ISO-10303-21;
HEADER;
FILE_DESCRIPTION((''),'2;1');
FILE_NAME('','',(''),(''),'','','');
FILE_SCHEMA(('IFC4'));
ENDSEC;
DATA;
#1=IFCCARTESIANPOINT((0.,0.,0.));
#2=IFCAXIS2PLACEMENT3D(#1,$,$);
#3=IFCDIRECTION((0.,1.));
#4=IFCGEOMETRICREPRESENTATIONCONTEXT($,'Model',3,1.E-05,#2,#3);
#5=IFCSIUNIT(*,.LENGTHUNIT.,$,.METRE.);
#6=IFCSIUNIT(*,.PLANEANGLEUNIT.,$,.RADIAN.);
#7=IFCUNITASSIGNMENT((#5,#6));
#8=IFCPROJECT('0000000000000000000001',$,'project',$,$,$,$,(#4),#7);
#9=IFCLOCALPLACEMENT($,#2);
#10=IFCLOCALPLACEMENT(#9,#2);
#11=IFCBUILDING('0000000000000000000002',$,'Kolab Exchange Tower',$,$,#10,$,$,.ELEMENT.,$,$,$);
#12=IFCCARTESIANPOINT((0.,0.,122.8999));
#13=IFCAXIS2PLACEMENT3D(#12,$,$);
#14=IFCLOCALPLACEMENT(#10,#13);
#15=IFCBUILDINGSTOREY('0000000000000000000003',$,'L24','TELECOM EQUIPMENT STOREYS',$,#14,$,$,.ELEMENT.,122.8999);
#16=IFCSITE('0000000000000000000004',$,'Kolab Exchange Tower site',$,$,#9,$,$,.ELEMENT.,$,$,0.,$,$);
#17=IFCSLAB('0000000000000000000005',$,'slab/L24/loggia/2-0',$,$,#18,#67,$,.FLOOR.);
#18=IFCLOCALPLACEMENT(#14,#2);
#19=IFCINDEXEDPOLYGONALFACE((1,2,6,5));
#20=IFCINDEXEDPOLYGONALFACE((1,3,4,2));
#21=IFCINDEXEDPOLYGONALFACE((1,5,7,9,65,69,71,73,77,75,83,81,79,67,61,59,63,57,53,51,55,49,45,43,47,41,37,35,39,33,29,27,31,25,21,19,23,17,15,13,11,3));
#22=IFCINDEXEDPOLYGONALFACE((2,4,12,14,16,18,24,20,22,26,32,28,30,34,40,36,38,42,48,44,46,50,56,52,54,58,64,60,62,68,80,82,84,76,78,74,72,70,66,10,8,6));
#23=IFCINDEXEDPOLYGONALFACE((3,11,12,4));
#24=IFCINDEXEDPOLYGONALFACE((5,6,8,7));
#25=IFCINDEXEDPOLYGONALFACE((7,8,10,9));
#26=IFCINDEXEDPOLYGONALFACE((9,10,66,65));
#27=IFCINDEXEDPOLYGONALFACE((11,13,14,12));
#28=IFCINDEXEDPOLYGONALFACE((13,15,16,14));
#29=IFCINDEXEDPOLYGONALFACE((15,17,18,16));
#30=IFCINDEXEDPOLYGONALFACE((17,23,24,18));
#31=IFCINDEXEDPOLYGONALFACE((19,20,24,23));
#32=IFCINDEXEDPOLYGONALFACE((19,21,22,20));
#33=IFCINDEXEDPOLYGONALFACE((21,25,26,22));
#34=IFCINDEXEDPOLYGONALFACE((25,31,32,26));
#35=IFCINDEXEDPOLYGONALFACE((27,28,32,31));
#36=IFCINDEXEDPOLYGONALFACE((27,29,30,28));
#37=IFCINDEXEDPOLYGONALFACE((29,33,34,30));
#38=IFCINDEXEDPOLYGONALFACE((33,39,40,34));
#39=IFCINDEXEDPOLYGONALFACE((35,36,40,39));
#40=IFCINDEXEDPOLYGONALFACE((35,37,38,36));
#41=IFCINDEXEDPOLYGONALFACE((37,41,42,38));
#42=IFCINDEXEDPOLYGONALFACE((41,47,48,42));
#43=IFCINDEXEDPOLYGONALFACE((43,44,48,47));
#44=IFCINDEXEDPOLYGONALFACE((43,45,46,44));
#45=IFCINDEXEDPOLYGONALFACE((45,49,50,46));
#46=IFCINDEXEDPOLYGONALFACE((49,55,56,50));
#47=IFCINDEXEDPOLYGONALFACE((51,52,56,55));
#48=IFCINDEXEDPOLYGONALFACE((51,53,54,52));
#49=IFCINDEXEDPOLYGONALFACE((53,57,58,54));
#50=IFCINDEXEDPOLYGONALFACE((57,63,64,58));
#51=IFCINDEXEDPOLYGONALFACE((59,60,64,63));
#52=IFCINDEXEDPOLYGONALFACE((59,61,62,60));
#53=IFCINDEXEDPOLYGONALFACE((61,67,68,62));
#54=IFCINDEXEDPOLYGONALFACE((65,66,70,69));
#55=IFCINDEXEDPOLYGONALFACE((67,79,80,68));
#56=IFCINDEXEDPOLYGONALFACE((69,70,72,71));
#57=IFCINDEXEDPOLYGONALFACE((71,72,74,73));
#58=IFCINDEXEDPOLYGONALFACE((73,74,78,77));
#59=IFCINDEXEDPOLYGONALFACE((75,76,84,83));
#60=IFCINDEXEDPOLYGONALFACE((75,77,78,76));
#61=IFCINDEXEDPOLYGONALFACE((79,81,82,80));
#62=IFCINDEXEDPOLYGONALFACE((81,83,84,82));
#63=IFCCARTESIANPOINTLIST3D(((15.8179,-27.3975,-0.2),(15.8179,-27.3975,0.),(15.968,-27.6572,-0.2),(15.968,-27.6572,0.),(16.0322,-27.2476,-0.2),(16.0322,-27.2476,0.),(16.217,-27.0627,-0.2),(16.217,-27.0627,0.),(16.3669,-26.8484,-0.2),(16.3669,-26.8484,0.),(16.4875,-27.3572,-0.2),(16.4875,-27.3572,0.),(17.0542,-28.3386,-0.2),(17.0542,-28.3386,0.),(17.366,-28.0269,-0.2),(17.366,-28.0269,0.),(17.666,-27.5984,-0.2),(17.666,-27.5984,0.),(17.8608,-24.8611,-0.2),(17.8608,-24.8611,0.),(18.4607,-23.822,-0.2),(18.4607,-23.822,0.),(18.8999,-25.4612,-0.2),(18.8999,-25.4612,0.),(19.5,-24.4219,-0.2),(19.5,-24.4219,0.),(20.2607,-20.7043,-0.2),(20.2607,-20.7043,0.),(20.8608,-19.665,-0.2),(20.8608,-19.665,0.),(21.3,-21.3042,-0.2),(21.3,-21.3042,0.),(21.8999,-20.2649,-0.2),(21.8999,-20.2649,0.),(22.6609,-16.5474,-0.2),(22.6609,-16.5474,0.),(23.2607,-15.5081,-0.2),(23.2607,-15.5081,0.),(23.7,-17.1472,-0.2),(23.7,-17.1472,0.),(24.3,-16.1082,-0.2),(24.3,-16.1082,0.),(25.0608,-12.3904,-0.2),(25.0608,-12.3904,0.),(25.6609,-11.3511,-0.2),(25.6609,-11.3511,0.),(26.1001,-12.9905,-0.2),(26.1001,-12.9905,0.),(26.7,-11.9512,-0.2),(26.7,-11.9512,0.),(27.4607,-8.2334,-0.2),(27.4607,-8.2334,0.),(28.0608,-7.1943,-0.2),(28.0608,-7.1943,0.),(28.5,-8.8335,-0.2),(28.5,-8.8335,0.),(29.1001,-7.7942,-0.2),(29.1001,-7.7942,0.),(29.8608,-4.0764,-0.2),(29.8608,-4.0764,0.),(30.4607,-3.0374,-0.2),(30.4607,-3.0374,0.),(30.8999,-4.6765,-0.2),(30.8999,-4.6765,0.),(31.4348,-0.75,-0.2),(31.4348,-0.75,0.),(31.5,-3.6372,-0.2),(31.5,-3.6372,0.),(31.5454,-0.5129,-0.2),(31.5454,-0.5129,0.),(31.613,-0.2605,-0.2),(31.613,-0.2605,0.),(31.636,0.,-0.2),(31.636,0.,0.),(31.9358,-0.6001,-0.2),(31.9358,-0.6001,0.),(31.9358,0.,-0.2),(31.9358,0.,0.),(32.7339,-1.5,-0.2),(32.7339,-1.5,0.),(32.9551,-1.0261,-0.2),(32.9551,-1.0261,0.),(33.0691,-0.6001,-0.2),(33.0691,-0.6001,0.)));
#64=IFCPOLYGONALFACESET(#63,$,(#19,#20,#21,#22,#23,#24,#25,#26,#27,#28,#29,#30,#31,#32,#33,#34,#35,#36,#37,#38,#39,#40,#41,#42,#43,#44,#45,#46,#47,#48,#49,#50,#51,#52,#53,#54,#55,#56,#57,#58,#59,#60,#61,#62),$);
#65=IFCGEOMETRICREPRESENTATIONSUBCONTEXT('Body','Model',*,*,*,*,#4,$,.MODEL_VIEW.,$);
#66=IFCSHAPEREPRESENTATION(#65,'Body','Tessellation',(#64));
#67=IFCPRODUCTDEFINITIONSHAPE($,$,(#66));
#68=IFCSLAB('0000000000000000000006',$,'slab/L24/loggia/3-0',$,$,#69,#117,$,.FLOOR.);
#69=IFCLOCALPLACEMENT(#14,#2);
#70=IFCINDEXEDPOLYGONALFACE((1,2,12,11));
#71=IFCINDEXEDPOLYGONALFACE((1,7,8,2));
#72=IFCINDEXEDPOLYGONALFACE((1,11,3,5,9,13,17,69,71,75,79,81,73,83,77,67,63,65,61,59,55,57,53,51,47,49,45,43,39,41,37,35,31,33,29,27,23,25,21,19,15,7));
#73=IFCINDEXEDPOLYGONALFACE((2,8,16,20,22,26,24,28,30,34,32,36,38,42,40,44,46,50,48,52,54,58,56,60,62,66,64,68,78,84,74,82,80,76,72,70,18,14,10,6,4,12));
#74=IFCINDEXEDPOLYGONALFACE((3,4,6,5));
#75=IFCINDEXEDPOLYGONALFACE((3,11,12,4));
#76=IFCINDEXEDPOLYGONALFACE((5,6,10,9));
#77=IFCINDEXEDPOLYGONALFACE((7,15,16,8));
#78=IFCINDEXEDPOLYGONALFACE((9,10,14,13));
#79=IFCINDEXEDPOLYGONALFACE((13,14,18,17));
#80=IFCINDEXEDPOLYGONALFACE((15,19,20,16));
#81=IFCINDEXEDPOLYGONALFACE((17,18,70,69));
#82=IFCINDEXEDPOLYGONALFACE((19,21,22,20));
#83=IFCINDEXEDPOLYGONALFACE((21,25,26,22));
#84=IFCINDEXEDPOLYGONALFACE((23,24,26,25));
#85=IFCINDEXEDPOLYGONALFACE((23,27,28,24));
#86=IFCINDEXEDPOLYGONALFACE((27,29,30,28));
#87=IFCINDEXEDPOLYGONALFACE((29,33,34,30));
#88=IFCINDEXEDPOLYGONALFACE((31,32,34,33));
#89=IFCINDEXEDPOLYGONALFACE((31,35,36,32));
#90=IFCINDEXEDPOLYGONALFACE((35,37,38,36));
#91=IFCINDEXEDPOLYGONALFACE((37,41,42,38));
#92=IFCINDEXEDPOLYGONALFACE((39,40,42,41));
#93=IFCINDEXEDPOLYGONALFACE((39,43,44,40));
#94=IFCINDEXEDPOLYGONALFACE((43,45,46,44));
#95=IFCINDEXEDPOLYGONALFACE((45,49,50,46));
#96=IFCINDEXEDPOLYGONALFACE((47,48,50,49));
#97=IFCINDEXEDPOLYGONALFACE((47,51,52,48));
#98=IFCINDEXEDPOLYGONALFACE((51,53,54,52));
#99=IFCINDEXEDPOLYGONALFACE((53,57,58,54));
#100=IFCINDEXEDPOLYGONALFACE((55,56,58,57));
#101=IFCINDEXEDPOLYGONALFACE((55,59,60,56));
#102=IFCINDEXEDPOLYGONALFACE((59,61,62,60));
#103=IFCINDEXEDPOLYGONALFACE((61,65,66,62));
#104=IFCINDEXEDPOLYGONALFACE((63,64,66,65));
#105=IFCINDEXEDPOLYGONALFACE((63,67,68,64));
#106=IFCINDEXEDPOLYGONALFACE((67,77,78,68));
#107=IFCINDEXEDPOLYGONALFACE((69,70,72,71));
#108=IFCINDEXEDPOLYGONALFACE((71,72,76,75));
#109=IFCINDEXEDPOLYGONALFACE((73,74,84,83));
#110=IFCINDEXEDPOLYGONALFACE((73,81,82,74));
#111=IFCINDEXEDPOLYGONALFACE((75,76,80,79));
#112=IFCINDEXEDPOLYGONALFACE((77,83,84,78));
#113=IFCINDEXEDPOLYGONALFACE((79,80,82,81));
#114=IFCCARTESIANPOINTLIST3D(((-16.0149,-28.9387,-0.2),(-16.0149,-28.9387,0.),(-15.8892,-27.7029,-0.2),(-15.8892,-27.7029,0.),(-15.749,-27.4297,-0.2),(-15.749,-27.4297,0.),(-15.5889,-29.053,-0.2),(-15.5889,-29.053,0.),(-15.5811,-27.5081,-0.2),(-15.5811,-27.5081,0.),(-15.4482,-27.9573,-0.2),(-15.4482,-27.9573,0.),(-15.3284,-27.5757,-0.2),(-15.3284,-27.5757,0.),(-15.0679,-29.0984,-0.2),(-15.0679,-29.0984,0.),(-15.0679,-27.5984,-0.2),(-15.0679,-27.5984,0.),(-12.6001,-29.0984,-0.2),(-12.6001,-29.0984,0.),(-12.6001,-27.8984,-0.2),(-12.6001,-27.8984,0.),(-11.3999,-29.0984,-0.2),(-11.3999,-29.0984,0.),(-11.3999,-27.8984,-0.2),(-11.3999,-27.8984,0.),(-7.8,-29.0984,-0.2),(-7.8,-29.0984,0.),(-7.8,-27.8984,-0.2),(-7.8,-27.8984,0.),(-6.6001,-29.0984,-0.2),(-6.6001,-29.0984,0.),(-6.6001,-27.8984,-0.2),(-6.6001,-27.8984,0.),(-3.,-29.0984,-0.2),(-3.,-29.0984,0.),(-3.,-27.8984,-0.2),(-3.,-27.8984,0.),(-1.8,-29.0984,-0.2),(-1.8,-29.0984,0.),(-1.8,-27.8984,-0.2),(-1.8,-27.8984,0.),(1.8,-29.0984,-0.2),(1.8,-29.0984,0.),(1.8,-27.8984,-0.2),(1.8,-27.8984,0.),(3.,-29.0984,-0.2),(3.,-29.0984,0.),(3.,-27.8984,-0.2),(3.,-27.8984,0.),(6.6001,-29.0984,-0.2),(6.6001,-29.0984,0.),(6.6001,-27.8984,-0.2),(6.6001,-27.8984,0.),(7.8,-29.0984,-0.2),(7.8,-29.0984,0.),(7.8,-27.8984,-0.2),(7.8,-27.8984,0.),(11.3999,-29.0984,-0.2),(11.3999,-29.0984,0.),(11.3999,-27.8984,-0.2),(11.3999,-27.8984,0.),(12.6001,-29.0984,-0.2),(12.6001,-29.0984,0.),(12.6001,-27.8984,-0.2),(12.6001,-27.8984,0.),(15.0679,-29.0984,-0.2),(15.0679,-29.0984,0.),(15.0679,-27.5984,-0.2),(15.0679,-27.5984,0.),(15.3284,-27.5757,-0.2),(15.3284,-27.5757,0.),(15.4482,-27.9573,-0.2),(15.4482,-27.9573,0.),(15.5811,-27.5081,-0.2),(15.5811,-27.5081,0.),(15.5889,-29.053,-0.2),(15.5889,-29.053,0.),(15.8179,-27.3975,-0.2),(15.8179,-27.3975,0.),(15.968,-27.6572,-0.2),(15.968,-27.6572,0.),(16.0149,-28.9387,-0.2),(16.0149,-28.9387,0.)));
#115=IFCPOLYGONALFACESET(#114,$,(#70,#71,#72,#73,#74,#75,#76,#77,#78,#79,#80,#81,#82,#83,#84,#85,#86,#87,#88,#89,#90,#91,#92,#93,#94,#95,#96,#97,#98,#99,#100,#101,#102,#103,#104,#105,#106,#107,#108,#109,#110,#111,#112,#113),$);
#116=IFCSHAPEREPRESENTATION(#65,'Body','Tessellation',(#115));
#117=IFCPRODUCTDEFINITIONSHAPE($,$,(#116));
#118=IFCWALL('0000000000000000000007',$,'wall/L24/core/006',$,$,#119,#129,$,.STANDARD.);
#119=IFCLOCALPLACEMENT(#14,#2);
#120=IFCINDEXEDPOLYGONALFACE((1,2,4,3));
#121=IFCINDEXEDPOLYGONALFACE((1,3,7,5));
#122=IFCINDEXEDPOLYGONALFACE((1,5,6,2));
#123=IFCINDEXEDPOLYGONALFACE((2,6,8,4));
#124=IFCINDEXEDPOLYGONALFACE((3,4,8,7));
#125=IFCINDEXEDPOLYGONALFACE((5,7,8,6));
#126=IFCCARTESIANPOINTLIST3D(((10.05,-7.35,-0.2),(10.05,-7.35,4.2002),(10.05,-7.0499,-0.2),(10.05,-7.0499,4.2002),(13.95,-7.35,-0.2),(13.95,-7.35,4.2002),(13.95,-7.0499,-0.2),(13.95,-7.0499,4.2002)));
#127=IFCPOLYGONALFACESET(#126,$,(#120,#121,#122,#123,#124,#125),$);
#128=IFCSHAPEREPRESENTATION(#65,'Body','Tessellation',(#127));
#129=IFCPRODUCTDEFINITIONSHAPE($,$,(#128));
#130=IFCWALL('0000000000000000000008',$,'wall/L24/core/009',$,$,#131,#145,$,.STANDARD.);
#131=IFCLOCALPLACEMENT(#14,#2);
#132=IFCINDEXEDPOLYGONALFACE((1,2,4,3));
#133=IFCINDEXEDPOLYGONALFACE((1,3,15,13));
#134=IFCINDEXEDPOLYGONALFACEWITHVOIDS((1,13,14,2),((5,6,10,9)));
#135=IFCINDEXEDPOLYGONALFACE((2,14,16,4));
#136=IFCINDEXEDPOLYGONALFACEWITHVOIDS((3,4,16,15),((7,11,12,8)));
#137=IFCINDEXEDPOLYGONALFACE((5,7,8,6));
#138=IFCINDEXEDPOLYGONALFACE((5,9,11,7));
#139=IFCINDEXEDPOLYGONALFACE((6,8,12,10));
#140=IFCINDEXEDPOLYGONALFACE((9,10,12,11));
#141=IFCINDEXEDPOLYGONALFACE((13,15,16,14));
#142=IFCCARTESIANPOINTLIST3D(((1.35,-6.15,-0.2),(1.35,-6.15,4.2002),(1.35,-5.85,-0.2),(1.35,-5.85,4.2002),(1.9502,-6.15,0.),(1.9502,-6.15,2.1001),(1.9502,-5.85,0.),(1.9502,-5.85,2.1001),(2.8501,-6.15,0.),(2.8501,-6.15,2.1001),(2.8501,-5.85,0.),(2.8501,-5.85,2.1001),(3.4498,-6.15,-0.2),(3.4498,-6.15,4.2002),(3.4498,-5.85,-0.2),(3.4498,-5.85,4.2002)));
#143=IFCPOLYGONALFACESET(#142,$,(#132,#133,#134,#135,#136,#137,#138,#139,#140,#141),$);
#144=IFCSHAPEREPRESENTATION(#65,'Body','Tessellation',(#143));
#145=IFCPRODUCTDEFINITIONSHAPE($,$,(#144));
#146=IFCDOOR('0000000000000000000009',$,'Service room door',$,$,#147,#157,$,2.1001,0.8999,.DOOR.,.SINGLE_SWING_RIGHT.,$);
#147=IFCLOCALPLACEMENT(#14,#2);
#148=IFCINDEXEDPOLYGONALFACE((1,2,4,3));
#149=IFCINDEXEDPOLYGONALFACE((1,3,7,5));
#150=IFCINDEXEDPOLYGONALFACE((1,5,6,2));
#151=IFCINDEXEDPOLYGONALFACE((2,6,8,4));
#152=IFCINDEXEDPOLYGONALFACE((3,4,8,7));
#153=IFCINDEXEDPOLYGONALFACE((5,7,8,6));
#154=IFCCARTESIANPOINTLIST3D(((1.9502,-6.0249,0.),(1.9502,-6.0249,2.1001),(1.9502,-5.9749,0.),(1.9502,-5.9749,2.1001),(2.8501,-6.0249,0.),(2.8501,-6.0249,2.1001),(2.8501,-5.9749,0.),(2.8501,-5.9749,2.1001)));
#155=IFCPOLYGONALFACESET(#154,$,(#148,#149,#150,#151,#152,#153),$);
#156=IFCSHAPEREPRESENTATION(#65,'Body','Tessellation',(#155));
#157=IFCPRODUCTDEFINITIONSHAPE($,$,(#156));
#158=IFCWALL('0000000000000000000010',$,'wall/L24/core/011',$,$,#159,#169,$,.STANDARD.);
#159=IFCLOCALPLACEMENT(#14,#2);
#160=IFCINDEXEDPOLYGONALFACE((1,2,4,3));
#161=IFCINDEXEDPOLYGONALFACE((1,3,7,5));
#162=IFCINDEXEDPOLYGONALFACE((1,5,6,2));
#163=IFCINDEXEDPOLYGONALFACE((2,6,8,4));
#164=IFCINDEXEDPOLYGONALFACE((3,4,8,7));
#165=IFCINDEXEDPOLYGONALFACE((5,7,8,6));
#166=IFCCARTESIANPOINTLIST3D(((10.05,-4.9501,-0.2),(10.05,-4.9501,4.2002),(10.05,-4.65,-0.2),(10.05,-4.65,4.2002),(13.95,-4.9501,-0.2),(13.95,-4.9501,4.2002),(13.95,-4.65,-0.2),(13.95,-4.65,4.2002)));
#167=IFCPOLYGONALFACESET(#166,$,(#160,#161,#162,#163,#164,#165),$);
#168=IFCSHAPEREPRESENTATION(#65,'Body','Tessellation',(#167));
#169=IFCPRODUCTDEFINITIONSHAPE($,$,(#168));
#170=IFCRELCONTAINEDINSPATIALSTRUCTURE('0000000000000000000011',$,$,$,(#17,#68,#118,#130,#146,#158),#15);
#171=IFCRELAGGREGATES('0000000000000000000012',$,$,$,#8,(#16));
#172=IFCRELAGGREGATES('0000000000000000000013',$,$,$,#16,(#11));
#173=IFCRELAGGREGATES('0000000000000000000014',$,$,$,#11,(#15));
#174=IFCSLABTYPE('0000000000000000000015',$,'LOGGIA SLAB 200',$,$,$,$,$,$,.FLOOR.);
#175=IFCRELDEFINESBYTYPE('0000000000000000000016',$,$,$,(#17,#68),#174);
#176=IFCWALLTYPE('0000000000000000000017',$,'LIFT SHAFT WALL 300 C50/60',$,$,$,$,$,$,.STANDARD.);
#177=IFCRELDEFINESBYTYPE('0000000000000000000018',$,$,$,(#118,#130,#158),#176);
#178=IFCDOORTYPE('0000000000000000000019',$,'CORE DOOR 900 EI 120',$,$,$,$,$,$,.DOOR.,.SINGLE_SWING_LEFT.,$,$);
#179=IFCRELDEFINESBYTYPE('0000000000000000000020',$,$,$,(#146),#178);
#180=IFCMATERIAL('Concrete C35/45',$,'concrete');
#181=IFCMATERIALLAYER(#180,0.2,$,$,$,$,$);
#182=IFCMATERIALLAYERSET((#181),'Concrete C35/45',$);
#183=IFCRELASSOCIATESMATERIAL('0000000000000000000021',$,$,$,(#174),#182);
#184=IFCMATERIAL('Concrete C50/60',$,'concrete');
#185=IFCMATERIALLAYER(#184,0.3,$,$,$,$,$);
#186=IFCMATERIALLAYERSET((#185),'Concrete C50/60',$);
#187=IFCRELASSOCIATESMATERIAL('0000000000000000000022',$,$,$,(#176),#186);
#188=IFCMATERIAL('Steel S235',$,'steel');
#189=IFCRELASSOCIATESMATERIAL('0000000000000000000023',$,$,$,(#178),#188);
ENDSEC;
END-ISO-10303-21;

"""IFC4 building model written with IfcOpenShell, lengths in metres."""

from ifc_helpers import new_model, si_unit, direction, frame, frame_2d, origin, place, context, subcontext, project, spatial, polyline, rectangle, outline, extrude, material, layer, layer_set, type_object, element, fill, save


model = new_model("IFC4")

# Units and contexts
model_context = context("Model", 3, precision=1e-05, world=origin(), true_north=direction((0.0, 1.0)))
body_context = subcontext(model_context, "Body", "Model", "MODEL_VIEW")
ifc_project = project(units=[si_unit("LENGTHUNIT", "METRE"), si_unit("PLANEANGLEUNIT", "RADIAN")], contexts=[model_context])

# Site, building, storey
site_placement = place(None, origin())
site = spatial("IfcSite", under=ifc_project, at=site_placement, Name="Kolab Exchange Tower site", CompositionType="ELEMENT", RefElevation=0.0)
building_placement = place(site_placement, origin())
building = spatial("IfcBuilding", under=site, at=building_placement, Name="Kolab Exchange Tower", CompositionType="ELEMENT")
storey_placement = place(building_placement, frame((0.0, 0.0, 122.8999)))
storey = spatial("IfcBuildingStorey", under=building, at=storey_placement, Name="L24", Description="TELECOM EQUIPMENT STOREYS", CompositionType="ELEMENT", Elevation=122.8999)

# Slabs
ifc_material_1 = material(Name="Concrete C35/45", Category="concrete")
ifc_layer_1 = layer(ifc_material_1, 0.2)
ifc_layer_set_1 = layer_set([ifc_layer_1], Name="Concrete C35/45")
slab_type_1 = type_object("IfcSlabType", Name="LOGGIA SLAB 200", PredefinedType="FLOOR", material=ifc_layer_set_1)
slab_1_placement = place(storey_placement, frame((0.0, 0.0, -0.2)))
element("IfcSlab", 1, at=slab_1_placement, inside=storey, type_object=slab_type_1, Name="slab/L24/loggia/2-0", PredefinedType="FLOOR", context=body_context, shape_type="SweptSolid", body=[
    extrude(outline(polyline([(17.366, -28.0269), (17.666, -27.5984), (18.8999, -25.4612), (17.8608, -24.8611), (18.4607, -23.822), (19.5, -24.4219), (21.3, -21.3042), (20.2607, -20.7043), (20.8608, -19.665), (21.8999, -20.2649), (23.7, -17.1472), (22.6609, -16.5474), (23.2607, -15.5081), (24.3, -16.1082), (26.1001, -12.9905), (25.0608, -12.3904), (25.6609, -11.3511), (26.7, -11.9512), (28.5, -8.8335), (27.4607, -8.2334), (28.0608, -7.1943), (29.1001, -7.7942), (30.8999, -4.6765), (29.8608, -4.0764), (30.4607, -3.0374), (31.5, -3.6372), (32.7339, -1.5), (32.9551, -1.0261), (33.0691, -0.6001), (31.9358, -0.6001), (31.9358, 0.0), (31.636, 0.0), (31.613, -0.2605), (31.5454, -0.5129), (31.4348, -0.75), (16.3669, -26.8484), (16.217, -27.0627), (16.0322, -27.2476), (15.8179, -27.3975), (15.968, -27.6572), (16.4875, -27.3572), (17.0542, -28.3386), (17.366, -28.0269)])), origin(), (0.0, 0.0, 1.0), 0.2),
])
slab_2_placement = place(storey_placement, frame((0.0, 0.0, -0.2)))
element("IfcSlab", 2, at=slab_2_placement, inside=storey, type_object=slab_type_1, Name="slab/L24/loggia/3-0", PredefinedType="FLOOR", context=body_context, shape_type="SweptSolid", body=[
    extrude(outline(polyline([(-15.5811, -27.5081), (-15.749, -27.4297), (-15.8892, -27.7029), (-15.4482, -27.9573), (-16.0149, -28.9387), (-15.5889, -29.053), (-15.0679, -29.0984), (-12.6001, -29.0984), (-12.6001, -27.8984), (-11.3999, -27.8984), (-11.3999, -29.0984), (-7.8, -29.0984), (-7.8, -27.8984), (-6.6001, -27.8984), (-6.6001, -29.0984), (-3.0, -29.0984), (-3.0, -27.8984), (-1.8, -27.8984), (-1.8, -29.0984), (1.8, -29.0984), (1.8, -27.8984), (3.0, -27.8984), (3.0, -29.0984), (6.6001, -29.0984), (6.6001, -27.8984), (7.8, -27.8984), (7.8, -29.0984), (11.3999, -29.0984), (11.3999, -27.8984), (12.6001, -27.8984), (12.6001, -29.0984), (15.0679, -29.0984), (15.5889, -29.053), (16.0149, -28.9387), (15.4482, -27.9573), (15.968, -27.6572), (15.8179, -27.3975), (15.5811, -27.5081), (15.3284, -27.5757), (15.0679, -27.5984), (-15.0679, -27.5984), (-15.3284, -27.5757), (-15.5811, -27.5081)])), origin(), (0.0, 0.0, 1.0), 0.2),
])

# Wall
ifc_material_2 = material(Name="Concrete C50/60", Category="concrete")
ifc_layer_2 = layer(ifc_material_2, 0.3)
ifc_layer_set_2 = layer_set([ifc_layer_2], Name="Concrete C50/60")
wall_type_1 = type_object("IfcWallType", Name="LIFT SHAFT WALL 300 C50/60", PredefinedType="STANDARD", material=ifc_layer_set_2)
wall_1_placement = place(storey_placement, frame((10.05, -7.2, -0.2), z_axis=(0.0, 0.0, 1.0), x_axis=(1.0, 0.0, 0.0)))
element("IfcWall", 3, at=wall_1_placement, inside=storey, type_object=wall_type_1, Name="wall/L24/core/006", PredefinedType="STANDARD", context=body_context, shape_type="SweptSolid", body=[
    extrude(rectangle(XDim=3.8999, YDim=0.3, at=frame_2d((1.95, 0.0))), origin(), (0.0, 0.0, 1.0), 4.4001),
])

# Wall, opening, door
wall_2_placement = place(storey_placement, frame((1.3501, -6.0, -0.2), z_axis=(0.0, 0.0, 1.0), x_axis=(1.0, 0.0, 0.0)))
wall_2 = element("IfcWall", 4, at=wall_2_placement, inside=storey, type_object=wall_type_1, Name="wall/L24/core/009", PredefinedType="STANDARD", context=body_context, shape_type="SweptSolid", body=[
    extrude(rectangle(XDim=2.0999, YDim=0.3, at=frame_2d((1.0498, 0.0))), origin(), (0.0, 0.0, 1.0), 4.4001),
])
opening_1_placement = place(wall_2_placement, frame((0.6001, 0.0, 0.2)))
opening_1 = element("IfcOpeningElement", 5, at=opening_1_placement, cuts=wall_2, PredefinedType="OPENING", context=body_context, shape_type="SweptSolid", body=[
    extrude(rectangle(XDim=0.8999, YDim=2.1001, at=frame_2d((0.45, 1.05))), frame((0.0, 0.1602, 0.0), z_axis=(0.0, -1.0, 0.0), x_axis=(1.0, 0.0, 0.0)), (0.0, 0.0, 1.0), 0.3201),
])
ifc_material_3 = material(Name="Steel S235", Category="steel")
door_type_1 = type_object("IfcDoorType", Name="CORE DOOR 900 EI 120", OperationType="SINGLE_SWING_LEFT", PredefinedType="DOOR", material=ifc_material_3)
door_1_placement = place(opening_1_placement, frame((0.8999, 0.0, 0.0), z_axis=(0.0, 0.0, 1.0), x_axis=(-1.0, 0.0, 0.0)))
door_1 = element("IfcDoor", 6, at=door_1_placement, inside=storey, type_object=door_type_1, Name="Service room door", OperationType="SINGLE_SWING_RIGHT", OverallHeight=2.1001, OverallWidth=0.8999, PredefinedType="DOOR", context=body_context, shape_type="SweptSolid", body=[
    extrude(rectangle(XDim=0.8999, YDim=2.1001, at=frame_2d((0.45, 1.05))), frame((0.0, 0.0249, 0.0), z_axis=(0.0, -1.0, 0.0), x_axis=(1.0, 0.0, 0.0)), (0.0, 0.0, 1.0), 0.05),
])
fill(opening_1, door_1)

# Wall
wall_3_placement = place(storey_placement, frame((10.05, -4.8, -0.2), z_axis=(0.0, 0.0, 1.0), x_axis=(1.0, 0.0, 0.0)))
element("IfcWall", 7, at=wall_3_placement, inside=storey, type_object=wall_type_1, Name="wall/L24/core/011", PredefinedType="STANDARD", context=body_context, shape_type="SweptSolid", body=[
    extrude(rectangle(XDim=3.8999, YDim=0.3, at=frame_2d((1.95, 0.0))), origin(), (0.0, 0.0, 1.0), 4.4001),
])

save(model, "model.ifc")
